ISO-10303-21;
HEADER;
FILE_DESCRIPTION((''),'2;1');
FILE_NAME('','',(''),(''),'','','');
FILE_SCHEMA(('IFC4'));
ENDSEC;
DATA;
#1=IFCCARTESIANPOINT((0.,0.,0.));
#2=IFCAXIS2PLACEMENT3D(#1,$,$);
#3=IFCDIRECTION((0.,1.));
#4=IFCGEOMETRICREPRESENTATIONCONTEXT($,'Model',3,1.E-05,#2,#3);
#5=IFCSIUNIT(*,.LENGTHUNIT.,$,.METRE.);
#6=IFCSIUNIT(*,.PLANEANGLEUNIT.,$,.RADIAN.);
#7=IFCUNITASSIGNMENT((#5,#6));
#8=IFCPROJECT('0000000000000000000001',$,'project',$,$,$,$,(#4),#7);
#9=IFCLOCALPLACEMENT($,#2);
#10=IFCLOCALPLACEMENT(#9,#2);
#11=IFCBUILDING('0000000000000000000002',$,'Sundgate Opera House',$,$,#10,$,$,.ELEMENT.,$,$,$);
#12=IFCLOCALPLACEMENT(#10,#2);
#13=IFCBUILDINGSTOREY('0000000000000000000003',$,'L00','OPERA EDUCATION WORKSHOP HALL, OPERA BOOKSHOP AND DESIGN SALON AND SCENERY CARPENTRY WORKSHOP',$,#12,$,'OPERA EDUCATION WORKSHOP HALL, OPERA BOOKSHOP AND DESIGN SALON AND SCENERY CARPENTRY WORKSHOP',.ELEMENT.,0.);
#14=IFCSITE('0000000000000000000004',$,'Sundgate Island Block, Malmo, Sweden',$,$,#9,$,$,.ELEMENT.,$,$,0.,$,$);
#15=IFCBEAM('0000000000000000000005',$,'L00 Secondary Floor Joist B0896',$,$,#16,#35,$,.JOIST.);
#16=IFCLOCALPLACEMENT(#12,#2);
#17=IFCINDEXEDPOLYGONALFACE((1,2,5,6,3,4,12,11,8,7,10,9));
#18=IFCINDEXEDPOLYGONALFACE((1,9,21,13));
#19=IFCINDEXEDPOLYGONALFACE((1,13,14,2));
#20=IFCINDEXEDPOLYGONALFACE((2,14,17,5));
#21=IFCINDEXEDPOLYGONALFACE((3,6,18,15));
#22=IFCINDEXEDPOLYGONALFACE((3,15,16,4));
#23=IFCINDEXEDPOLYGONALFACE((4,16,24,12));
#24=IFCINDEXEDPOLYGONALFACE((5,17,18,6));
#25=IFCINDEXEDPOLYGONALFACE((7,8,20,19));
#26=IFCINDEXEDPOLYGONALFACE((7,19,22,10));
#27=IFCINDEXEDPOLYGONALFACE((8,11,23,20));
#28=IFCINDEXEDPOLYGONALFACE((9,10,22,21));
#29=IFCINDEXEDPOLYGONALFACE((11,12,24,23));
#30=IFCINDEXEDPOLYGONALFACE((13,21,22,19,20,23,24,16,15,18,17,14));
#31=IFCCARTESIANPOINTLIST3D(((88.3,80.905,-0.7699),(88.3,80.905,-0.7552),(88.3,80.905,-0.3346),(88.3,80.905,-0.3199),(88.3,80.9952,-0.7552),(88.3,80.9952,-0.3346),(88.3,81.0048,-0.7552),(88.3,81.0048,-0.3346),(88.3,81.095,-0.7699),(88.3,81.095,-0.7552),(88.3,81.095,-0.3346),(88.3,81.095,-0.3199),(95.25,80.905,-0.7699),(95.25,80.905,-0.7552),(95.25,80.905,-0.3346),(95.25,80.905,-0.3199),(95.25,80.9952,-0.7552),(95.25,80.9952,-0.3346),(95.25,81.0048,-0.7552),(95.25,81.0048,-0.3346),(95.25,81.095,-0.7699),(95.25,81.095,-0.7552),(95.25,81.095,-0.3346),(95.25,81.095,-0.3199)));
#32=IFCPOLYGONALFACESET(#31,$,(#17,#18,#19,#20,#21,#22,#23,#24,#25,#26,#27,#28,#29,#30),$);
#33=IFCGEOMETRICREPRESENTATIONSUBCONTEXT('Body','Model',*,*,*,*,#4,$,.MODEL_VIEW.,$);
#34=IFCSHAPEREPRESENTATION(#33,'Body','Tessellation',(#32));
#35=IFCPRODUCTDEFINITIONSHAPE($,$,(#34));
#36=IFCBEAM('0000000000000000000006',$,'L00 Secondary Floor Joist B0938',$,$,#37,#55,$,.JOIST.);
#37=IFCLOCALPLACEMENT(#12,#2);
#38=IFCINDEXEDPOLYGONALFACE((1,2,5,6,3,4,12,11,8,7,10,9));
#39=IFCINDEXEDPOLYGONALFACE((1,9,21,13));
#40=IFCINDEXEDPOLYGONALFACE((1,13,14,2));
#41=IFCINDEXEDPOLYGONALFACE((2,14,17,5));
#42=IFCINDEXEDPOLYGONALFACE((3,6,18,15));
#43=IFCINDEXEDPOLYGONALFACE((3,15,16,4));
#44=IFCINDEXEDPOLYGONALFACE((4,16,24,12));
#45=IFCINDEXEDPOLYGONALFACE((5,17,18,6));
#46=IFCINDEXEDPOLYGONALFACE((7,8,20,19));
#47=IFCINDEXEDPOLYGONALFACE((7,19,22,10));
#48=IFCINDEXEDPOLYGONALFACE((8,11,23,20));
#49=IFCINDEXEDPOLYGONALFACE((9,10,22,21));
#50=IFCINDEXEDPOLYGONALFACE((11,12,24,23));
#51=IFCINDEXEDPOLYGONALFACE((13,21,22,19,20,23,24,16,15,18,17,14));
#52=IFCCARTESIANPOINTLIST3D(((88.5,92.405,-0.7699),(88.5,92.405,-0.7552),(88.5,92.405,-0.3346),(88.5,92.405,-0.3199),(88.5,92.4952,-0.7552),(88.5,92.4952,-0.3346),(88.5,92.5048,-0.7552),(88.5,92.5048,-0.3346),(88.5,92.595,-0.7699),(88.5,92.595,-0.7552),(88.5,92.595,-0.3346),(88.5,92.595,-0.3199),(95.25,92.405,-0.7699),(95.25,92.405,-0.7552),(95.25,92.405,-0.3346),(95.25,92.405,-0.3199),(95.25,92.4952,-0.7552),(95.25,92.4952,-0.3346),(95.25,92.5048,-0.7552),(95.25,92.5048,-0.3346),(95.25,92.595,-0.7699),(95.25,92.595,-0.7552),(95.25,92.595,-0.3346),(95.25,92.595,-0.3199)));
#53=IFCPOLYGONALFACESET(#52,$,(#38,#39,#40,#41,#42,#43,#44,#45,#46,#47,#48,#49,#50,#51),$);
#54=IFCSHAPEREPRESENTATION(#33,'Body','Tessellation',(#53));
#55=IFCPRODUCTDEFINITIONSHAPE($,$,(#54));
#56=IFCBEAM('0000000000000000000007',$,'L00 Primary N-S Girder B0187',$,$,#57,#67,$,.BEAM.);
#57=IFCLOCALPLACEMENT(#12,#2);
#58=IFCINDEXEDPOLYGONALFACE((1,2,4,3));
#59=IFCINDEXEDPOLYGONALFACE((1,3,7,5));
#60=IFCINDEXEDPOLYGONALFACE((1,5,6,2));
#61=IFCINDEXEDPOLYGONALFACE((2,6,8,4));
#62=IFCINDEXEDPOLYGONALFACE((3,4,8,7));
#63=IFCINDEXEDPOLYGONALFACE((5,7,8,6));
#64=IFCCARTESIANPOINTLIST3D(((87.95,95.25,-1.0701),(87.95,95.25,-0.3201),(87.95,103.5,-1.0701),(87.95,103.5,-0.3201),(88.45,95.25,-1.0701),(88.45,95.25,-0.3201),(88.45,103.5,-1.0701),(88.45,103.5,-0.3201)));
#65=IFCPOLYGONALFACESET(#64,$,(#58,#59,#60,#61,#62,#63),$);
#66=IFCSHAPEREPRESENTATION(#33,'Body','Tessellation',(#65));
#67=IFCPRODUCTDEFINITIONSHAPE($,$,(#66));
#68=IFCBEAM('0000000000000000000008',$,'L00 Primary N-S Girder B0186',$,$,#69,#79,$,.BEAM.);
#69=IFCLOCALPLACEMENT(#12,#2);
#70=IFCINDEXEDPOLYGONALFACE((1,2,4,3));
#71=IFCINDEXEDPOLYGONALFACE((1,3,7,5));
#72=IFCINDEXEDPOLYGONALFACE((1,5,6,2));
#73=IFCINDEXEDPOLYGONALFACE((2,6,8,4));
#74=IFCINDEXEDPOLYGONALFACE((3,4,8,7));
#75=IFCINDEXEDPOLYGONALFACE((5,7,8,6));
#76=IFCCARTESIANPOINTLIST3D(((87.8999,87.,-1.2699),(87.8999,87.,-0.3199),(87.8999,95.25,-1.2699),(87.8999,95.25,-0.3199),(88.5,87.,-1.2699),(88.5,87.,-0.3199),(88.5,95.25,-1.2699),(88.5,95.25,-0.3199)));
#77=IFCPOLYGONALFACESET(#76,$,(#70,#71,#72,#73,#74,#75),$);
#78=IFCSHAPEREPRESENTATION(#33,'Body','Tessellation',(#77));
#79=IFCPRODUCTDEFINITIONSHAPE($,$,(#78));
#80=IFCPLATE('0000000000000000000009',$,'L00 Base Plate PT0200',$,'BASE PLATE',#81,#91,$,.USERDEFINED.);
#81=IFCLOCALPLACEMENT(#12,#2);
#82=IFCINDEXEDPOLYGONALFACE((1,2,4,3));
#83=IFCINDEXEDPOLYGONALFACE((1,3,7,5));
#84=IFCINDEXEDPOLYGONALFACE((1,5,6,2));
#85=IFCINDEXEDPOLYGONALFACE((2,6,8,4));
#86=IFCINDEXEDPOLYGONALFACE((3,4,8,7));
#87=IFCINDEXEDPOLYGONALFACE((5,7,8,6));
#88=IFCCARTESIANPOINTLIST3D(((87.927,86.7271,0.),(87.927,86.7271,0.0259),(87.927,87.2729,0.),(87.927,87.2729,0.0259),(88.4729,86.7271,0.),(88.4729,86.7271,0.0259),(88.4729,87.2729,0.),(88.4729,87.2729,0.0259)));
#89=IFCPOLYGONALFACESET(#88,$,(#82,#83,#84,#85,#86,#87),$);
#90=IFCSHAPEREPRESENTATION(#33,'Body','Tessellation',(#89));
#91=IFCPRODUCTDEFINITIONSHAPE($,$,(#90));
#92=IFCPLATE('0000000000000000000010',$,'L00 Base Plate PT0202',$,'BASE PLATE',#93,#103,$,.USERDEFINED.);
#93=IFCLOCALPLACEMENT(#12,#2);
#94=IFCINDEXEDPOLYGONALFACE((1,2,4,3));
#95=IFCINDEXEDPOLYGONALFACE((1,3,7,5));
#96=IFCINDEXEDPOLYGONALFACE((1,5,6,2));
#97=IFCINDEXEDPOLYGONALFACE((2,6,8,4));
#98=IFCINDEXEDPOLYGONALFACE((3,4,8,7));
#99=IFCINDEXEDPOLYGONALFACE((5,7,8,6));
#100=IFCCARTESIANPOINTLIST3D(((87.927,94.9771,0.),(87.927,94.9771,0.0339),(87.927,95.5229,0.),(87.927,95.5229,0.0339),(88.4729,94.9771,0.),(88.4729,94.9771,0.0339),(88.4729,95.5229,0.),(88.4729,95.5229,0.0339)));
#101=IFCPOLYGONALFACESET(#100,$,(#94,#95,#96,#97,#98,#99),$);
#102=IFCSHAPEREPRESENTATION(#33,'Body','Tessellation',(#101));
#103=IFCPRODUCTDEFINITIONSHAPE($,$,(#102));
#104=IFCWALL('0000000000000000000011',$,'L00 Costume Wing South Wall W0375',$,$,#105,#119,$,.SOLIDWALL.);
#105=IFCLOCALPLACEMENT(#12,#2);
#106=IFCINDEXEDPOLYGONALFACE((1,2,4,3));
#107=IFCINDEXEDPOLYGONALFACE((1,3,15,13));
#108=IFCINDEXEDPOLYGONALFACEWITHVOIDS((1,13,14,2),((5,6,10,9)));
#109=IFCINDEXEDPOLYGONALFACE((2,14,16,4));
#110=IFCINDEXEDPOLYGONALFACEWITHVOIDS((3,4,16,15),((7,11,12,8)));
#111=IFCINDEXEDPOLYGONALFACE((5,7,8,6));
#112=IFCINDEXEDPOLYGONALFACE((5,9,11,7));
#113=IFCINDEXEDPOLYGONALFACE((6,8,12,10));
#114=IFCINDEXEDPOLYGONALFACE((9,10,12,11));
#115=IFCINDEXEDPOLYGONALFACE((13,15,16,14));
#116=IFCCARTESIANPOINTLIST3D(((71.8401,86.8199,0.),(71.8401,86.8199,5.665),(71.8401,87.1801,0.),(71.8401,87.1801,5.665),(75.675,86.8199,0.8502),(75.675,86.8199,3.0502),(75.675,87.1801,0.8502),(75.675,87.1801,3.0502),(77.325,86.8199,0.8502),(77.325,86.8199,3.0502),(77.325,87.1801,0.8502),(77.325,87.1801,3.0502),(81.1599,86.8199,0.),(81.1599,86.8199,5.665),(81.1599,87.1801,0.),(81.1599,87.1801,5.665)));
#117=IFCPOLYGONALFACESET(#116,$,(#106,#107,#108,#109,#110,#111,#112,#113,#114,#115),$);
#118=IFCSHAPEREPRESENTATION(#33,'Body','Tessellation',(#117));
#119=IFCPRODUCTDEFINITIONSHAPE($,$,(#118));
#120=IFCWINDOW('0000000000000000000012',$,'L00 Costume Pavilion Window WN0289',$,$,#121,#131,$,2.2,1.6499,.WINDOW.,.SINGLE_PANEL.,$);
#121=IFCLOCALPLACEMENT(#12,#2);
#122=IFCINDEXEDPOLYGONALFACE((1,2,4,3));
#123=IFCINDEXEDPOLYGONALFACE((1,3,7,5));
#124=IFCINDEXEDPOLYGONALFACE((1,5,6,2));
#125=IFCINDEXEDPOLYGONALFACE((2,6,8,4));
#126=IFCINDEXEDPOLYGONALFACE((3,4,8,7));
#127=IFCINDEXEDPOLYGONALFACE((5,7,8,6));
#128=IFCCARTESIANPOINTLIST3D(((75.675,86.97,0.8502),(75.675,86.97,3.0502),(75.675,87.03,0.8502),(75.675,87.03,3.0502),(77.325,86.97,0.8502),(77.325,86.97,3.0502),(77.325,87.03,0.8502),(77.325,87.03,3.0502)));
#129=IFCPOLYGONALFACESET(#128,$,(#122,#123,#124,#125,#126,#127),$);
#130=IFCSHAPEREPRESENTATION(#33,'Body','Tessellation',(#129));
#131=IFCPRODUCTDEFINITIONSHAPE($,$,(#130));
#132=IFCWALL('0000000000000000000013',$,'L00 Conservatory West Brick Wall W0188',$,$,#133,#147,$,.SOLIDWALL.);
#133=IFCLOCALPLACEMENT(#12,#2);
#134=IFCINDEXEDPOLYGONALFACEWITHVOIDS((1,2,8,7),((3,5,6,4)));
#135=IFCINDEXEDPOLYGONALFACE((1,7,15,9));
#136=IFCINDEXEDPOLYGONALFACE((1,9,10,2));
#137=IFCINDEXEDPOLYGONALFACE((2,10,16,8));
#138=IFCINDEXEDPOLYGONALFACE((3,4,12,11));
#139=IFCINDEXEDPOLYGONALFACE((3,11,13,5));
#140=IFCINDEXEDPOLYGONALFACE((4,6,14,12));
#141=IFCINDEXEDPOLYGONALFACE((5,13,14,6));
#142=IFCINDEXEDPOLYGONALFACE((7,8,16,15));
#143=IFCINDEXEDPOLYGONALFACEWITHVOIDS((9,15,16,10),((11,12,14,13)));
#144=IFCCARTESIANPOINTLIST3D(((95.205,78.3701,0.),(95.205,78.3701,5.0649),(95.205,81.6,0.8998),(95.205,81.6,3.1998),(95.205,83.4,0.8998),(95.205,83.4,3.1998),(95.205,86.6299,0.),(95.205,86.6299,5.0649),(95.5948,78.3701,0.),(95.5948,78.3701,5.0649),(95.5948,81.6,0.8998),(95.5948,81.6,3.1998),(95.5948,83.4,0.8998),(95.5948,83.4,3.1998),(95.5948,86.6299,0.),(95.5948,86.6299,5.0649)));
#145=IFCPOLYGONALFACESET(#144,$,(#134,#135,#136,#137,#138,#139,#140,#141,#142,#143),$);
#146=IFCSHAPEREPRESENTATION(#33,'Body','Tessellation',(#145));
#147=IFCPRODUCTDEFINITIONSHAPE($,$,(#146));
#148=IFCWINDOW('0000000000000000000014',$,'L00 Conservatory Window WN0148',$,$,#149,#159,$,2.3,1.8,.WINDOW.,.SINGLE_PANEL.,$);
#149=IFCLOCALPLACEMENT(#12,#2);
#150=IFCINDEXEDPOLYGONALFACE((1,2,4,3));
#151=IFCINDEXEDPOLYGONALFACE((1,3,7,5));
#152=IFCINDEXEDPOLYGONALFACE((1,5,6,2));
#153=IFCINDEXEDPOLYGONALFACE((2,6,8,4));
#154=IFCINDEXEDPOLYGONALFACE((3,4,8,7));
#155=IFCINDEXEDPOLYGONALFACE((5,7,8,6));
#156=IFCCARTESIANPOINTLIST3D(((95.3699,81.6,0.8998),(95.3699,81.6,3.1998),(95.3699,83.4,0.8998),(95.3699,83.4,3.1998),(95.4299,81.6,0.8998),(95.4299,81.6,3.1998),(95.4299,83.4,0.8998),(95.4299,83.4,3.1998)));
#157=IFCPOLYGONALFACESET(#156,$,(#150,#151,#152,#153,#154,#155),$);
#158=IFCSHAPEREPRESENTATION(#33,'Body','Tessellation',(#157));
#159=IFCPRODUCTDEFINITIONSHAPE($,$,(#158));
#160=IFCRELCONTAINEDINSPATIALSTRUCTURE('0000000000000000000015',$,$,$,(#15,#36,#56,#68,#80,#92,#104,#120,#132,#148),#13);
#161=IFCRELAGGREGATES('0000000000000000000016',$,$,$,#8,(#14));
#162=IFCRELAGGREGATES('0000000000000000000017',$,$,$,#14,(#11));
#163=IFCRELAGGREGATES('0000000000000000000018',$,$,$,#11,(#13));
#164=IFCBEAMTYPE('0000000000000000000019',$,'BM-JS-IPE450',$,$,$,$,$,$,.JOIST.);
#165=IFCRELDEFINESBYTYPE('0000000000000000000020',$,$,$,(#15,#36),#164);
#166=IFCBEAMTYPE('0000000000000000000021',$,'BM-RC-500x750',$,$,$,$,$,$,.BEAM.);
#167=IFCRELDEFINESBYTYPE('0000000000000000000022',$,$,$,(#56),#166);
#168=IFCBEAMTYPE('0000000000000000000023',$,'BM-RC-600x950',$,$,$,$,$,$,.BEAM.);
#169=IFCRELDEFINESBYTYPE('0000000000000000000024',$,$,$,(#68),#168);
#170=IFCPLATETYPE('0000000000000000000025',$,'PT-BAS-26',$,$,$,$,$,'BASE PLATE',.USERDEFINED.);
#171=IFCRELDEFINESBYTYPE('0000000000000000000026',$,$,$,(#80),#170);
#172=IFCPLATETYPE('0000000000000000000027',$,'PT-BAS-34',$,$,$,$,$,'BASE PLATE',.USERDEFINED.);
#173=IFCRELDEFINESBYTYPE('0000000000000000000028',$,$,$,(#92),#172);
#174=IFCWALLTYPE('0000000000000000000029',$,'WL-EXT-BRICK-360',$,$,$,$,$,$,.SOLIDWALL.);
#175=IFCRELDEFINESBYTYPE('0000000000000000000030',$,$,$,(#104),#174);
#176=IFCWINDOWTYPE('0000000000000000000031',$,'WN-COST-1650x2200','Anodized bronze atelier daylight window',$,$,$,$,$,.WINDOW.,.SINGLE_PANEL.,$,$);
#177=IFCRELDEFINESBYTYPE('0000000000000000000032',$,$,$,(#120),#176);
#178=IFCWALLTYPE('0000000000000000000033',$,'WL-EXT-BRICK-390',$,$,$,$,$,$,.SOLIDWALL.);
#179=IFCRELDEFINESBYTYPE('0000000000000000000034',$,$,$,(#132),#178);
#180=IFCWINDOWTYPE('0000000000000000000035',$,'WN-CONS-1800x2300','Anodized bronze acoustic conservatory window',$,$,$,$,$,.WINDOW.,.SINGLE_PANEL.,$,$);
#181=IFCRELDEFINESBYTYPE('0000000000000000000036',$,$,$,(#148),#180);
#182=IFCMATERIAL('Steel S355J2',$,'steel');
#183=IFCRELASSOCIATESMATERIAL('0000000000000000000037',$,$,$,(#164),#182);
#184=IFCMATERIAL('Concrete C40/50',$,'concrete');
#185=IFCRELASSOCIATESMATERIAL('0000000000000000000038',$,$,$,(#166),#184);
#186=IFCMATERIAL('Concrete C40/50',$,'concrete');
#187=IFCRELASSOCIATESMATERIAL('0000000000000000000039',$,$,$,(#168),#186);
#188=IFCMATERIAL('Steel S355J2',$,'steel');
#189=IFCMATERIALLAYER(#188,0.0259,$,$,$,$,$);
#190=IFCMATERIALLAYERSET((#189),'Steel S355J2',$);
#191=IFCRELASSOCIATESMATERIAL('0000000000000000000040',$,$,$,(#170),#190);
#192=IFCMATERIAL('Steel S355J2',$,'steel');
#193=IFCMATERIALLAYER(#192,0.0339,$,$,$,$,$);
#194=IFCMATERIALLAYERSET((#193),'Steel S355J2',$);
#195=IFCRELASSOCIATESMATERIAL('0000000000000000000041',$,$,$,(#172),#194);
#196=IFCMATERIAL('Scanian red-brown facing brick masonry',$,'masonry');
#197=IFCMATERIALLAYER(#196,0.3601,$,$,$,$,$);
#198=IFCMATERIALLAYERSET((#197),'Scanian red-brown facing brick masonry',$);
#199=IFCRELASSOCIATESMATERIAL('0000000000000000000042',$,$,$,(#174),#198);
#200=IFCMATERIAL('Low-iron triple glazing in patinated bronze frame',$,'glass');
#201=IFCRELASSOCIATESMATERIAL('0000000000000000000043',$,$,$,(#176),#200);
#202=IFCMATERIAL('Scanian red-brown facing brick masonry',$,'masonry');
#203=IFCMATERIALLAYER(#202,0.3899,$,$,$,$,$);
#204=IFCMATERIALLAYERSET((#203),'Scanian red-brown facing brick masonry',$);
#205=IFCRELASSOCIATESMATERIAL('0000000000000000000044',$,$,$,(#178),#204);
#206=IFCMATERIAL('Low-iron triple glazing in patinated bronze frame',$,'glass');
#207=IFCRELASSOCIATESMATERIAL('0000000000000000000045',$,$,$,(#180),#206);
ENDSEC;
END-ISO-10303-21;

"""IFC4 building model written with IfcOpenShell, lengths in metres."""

from ifc_helpers import new_model, si_unit, direction, frame, frame_2d, origin, origin_2d, place, context, subcontext, project, spatial, rectangle, i_section, extrude, material, layer, layer_set, material_profile, profile_set, type_object, element, fill, save


model = new_model("IFC4")

# Units and contexts
model_context = context("Model", 3, precision=1e-05, world=origin(), true_north=direction((0.0, 1.0)))
body_context = subcontext(model_context, "Body", "Model", "MODEL_VIEW")
ifc_project = project(units=[si_unit("LENGTHUNIT", "METRE"), si_unit("PLANEANGLEUNIT", "RADIAN")], contexts=[model_context])

# Site, building, storey
site_placement = place(None, origin())
site = spatial("IfcSite", under=ifc_project, at=site_placement, Name="Sundgate Island Block, Malmo, Sweden", CompositionType="ELEMENT", RefElevation=0.0)
building_placement = place(site_placement, origin())
building = spatial("IfcBuilding", under=site, at=building_placement, Name="Sundgate Opera House", CompositionType="ELEMENT")
storey_placement = place(building_placement, origin())
storey = spatial("IfcBuildingStorey", under=building, at=storey_placement, Name="L00", Description="OPERA EDUCATION WORKSHOP HALL, OPERA BOOKSHOP AND DESIGN SALON AND SCENERY CARPENTRY WORKSHOP", LongName="OPERA EDUCATION WORKSHOP HALL, OPERA BOOKSHOP AND DESIGN SALON AND SCENERY CARPENTRY WORKSHOP", CompositionType="ELEMENT", Elevation=0.0)

# Beams
ifc_material_1 = material(Name="Steel S355J2", Category="steel")
ifc_material_profile_1 = material_profile(ifc_material_1, i_section(OverallWidth=0.1899, OverallDepth=0.45, WebThickness=0.0095, FlangeThickness=0.0146, at=origin_2d()), Name="IPE 450")
ifc_profile_set_1 = profile_set([ifc_material_profile_1], Name="Steel S355J2")
beam_type_1 = type_object("IfcBeamType", Name="BM-JS-IPE450", PredefinedType="JOIST", material=ifc_profile_set_1)
beam_1_placement = place(storey_placement, frame((88.3, 81.0, -0.5449), z_axis=(1.0, 0.0, 0.0), x_axis=(0.0, 1.0, 0.0)))
element("IfcBeam", 1, at=beam_1_placement, inside=storey, type_object=beam_type_1, Name="L00 Secondary Floor Joist B0896", PredefinedType="JOIST", context=body_context, shape_type="SweptSolid", body=[
    extrude(i_section(OverallWidth=0.1899, OverallDepth=0.45, WebThickness=0.0095, FlangeThickness=0.0146, at=origin_2d()), origin(), (0.0, 0.0, 1.0), 6.95),
])
beam_2_placement = place(storey_placement, frame((88.5, 92.5, -0.5449), z_axis=(1.0, 0.0, 0.0), x_axis=(0.0, 1.0, 0.0)))
element("IfcBeam", 2, at=beam_2_placement, inside=storey, type_object=beam_type_1, Name="L00 Secondary Floor Joist B0938", PredefinedType="JOIST", context=body_context, shape_type="SweptSolid", body=[
    extrude(i_section(OverallWidth=0.1899, OverallDepth=0.45, WebThickness=0.0095, FlangeThickness=0.0146, at=origin_2d()), origin(), (0.0, 0.0, 1.0), 6.75),
])
ifc_material_2 = material(Name="Concrete C40/50", Category="concrete")
ifc_material_profile_2 = material_profile(ifc_material_2, rectangle(XDim=0.5, YDim=0.75, at=origin_2d()), Name="RC 500x750")
ifc_profile_set_2 = profile_set([ifc_material_profile_2], Name="Concrete C40/50")
beam_type_2 = type_object("IfcBeamType", Name="BM-RC-500x750", PredefinedType="BEAM", material=ifc_profile_set_2)
beam_3_placement = place(storey_placement, frame((88.2, 95.25, -0.6951), z_axis=(0.0, 1.0, 0.0), x_axis=(-1.0, 0.0, 0.0)))
element("IfcBeam", 3, at=beam_3_placement, inside=storey, type_object=beam_type_2, Name="L00 Primary N-S Girder B0187", PredefinedType="BEAM", context=body_context, shape_type="SweptSolid", body=[
    extrude(rectangle(XDim=0.5, YDim=0.75, at=origin_2d()), origin(), (0.0, 0.0, 1.0), 8.25),
])
ifc_material_3 = material(Name="Concrete C40/50", Category="concrete")
ifc_material_profile_3 = material_profile(ifc_material_3, rectangle(XDim=0.6001, YDim=0.95, at=origin_2d()), Name="RC 600x950")
ifc_profile_set_3 = profile_set([ifc_material_profile_3], Name="Concrete C40/50")
beam_type_3 = type_object("IfcBeamType", Name="BM-RC-600x950", PredefinedType="BEAM", material=ifc_profile_set_3)
beam_4_placement = place(storey_placement, frame((88.2, 87.0, -0.7949), z_axis=(0.0, 1.0, 0.0), x_axis=(-1.0, 0.0, 0.0)))
element("IfcBeam", 4, at=beam_4_placement, inside=storey, type_object=beam_type_3, Name="L00 Primary N-S Girder B0186", PredefinedType="BEAM", context=body_context, shape_type="SweptSolid", body=[
    extrude(rectangle(XDim=0.6001, YDim=0.95, at=origin_2d()), origin(), (0.0, 0.0, 1.0), 8.25),
])

# Plates
ifc_material_4 = material(Name="Steel S355J2", Category="steel")
ifc_layer_1 = layer(ifc_material_4, 0.0259)
ifc_layer_set_1 = layer_set([ifc_layer_1], Name="Steel S355J2")
plate_type_1 = type_object("IfcPlateType", Name="PT-BAS-26", ElementType="BASE PLATE", PredefinedType="USERDEFINED", material=ifc_layer_set_1)
plate_1_placement = place(storey_placement, frame((88.2, 87.0, 0.0), z_axis=(0.0, 0.0, 1.0), x_axis=(1.0, 0.0, 0.0)))
element("IfcPlate", 5, at=plate_1_placement, inside=storey, type_object=plate_type_1, Name="L00 Base Plate PT0200", ObjectType="BASE PLATE", PredefinedType="USERDEFINED", context=body_context, shape_type="SweptSolid", body=[
    extrude(rectangle(XDim=0.5459, YDim=0.5459, at=origin_2d()), origin(), (0.0, 0.0, 1.0), 0.0259),
])
ifc_material_5 = material(Name="Steel S355J2", Category="steel")
ifc_layer_2 = layer(ifc_material_5, 0.0339)
ifc_layer_set_2 = layer_set([ifc_layer_2], Name="Steel S355J2")
plate_type_2 = type_object("IfcPlateType", Name="PT-BAS-34", ElementType="BASE PLATE", PredefinedType="USERDEFINED", material=ifc_layer_set_2)
plate_2_placement = place(storey_placement, frame((88.2, 95.25, 0.0), z_axis=(0.0, 0.0, 1.0), x_axis=(1.0, 0.0, 0.0)))
element("IfcPlate", 6, at=plate_2_placement, inside=storey, type_object=plate_type_2, Name="L00 Base Plate PT0202", ObjectType="BASE PLATE", PredefinedType="USERDEFINED", context=body_context, shape_type="SweptSolid", body=[
    extrude(rectangle(XDim=0.5459, YDim=0.5459, at=origin_2d()), origin(), (0.0, 0.0, 1.0), 0.0339),
])

# Walls, openings, windows
ifc_material_6 = material(Name="Scanian red-brown facing brick masonry", Category="masonry")
ifc_layer_3 = layer(ifc_material_6, 0.3601)
ifc_layer_set_3 = layer_set([ifc_layer_3], Name="Scanian red-brown facing brick masonry")
wall_type_1 = type_object("IfcWallType", Name="WL-EXT-BRICK-360", PredefinedType="SOLIDWALL", material=ifc_layer_set_3)
wall_1_placement = place(storey_placement, frame((81.1599, 87.0, 0.0), z_axis=(0.0, 0.0, 1.0), x_axis=(-1.0, 0.0, 0.0)))
wall_1 = element("IfcWall", 7, at=wall_1_placement, inside=storey, type_object=wall_type_1, Name="L00 Costume Wing South Wall W0375", PredefinedType="SOLIDWALL", context=body_context, shape_type="SweptSolid", body=[
    extrude(rectangle(XDim=9.3198, YDim=0.3601, at=frame_2d((4.6599, 0.0))), origin(), (0.0, 0.0, 1.0), 5.665),
])
opening_1_placement = place(wall_1_placement, frame((3.835, 0.0, 0.8501)))
opening_1 = element("IfcOpeningElement", 8, at=opening_1_placement, cuts=wall_1, PredefinedType="OPENING", context=body_context, shape_type="SweptSolid", body=[
    extrude(rectangle(XDim=1.6499, YDim=2.2, at=frame_2d((0.825, 1.1001))), frame((0.0, 0.1899, 0.0), z_axis=(0.0, -1.0, 0.0), x_axis=(1.0, 0.0, 0.0)), (0.0, 0.0, 1.0), 0.3801),
])
ifc_material_7 = material(Name="Low-iron triple glazing in patinated bronze frame", Category="glass")
window_type_1 = type_object("IfcWindowType", Name="WN-COST-1650x2200", Description="Anodized bronze atelier daylight window", PartitioningType="SINGLE_PANEL", PredefinedType="WINDOW", material=ifc_material_7)
window_1_placement = place(opening_1_placement, origin())
window_1 = element("IfcWindow", 9, at=window_1_placement, inside=storey, type_object=window_type_1, Name="L00 Costume Pavilion Window WN0289", OverallHeight=2.2, OverallWidth=1.6499, PartitioningType="SINGLE_PANEL", PredefinedType="WINDOW", context=body_context, shape_type="SweptSolid", body=[
    extrude(rectangle(XDim=1.6499, YDim=2.2, at=frame_2d((0.825, 1.1001))), frame((0.0, 0.03, 0.0), z_axis=(0.0, -1.0, 0.0), x_axis=(1.0, 0.0, 0.0)), (0.0, 0.0, 1.0), 0.0601),
])
fill(opening_1, window_1)
ifc_material_8 = material(Name="Scanian red-brown facing brick masonry", Category="masonry")
ifc_layer_4 = layer(ifc_material_8, 0.3899)
ifc_layer_set_4 = layer_set([ifc_layer_4], Name="Scanian red-brown facing brick masonry")
wall_type_2 = type_object("IfcWallType", Name="WL-EXT-BRICK-390", PredefinedType="SOLIDWALL", material=ifc_layer_set_4)
wall_2_placement = place(storey_placement, frame((95.3999, 86.6299, 0.0), z_axis=(0.0, 0.0, 1.0), x_axis=(0.0, -1.0, 0.0)))
wall_2 = element("IfcWall", 10, at=wall_2_placement, inside=storey, type_object=wall_type_2, Name="L00 Conservatory West Brick Wall W0188", PredefinedType="SOLIDWALL", context=body_context, shape_type="SweptSolid", body=[
    extrude(rectangle(XDim=8.2598, YDim=0.3899, at=frame_2d((4.1299, 0.0))), origin(), (0.0, 0.0, 1.0), 5.0649),
])
opening_2_placement = place(wall_2_placement, frame((3.23, 0.0, 0.8999)))
opening_2 = element("IfcOpeningElement", 11, at=opening_2_placement, cuts=wall_2, PredefinedType="OPENING", context=body_context, shape_type="SweptSolid", body=[
    extrude(rectangle(XDim=1.8, YDim=2.3, at=frame_2d((0.8999, 1.1499))), frame((0.0, 0.2048, 0.0), z_axis=(0.0, -1.0, 0.0), x_axis=(1.0, 0.0, 0.0)), (0.0, 0.0, 1.0), 0.4099),
])
ifc_material_9 = material(Name="Low-iron triple glazing in patinated bronze frame", Category="glass")
window_type_2 = type_object("IfcWindowType", Name="WN-CONS-1800x2300", Description="Anodized bronze acoustic conservatory window", PartitioningType="SINGLE_PANEL", PredefinedType="WINDOW", material=ifc_material_9)
window_2_placement = place(opening_2_placement, origin())
window_2 = element("IfcWindow", 12, at=window_2_placement, inside=storey, type_object=window_type_2, Name="L00 Conservatory Window WN0148", OverallHeight=2.3, OverallWidth=1.8, PartitioningType="SINGLE_PANEL", PredefinedType="WINDOW", context=body_context, shape_type="SweptSolid", body=[
    extrude(rectangle(XDim=1.8, YDim=2.3, at=frame_2d((0.8999, 1.1499))), frame((0.0, 0.03, 0.0), z_axis=(0.0, -1.0, 0.0), x_axis=(1.0, 0.0, 0.0)), (0.0, 0.0, 1.0), 0.0601),
])
fill(opening_2, window_2)

save(model, "model.ifc")
